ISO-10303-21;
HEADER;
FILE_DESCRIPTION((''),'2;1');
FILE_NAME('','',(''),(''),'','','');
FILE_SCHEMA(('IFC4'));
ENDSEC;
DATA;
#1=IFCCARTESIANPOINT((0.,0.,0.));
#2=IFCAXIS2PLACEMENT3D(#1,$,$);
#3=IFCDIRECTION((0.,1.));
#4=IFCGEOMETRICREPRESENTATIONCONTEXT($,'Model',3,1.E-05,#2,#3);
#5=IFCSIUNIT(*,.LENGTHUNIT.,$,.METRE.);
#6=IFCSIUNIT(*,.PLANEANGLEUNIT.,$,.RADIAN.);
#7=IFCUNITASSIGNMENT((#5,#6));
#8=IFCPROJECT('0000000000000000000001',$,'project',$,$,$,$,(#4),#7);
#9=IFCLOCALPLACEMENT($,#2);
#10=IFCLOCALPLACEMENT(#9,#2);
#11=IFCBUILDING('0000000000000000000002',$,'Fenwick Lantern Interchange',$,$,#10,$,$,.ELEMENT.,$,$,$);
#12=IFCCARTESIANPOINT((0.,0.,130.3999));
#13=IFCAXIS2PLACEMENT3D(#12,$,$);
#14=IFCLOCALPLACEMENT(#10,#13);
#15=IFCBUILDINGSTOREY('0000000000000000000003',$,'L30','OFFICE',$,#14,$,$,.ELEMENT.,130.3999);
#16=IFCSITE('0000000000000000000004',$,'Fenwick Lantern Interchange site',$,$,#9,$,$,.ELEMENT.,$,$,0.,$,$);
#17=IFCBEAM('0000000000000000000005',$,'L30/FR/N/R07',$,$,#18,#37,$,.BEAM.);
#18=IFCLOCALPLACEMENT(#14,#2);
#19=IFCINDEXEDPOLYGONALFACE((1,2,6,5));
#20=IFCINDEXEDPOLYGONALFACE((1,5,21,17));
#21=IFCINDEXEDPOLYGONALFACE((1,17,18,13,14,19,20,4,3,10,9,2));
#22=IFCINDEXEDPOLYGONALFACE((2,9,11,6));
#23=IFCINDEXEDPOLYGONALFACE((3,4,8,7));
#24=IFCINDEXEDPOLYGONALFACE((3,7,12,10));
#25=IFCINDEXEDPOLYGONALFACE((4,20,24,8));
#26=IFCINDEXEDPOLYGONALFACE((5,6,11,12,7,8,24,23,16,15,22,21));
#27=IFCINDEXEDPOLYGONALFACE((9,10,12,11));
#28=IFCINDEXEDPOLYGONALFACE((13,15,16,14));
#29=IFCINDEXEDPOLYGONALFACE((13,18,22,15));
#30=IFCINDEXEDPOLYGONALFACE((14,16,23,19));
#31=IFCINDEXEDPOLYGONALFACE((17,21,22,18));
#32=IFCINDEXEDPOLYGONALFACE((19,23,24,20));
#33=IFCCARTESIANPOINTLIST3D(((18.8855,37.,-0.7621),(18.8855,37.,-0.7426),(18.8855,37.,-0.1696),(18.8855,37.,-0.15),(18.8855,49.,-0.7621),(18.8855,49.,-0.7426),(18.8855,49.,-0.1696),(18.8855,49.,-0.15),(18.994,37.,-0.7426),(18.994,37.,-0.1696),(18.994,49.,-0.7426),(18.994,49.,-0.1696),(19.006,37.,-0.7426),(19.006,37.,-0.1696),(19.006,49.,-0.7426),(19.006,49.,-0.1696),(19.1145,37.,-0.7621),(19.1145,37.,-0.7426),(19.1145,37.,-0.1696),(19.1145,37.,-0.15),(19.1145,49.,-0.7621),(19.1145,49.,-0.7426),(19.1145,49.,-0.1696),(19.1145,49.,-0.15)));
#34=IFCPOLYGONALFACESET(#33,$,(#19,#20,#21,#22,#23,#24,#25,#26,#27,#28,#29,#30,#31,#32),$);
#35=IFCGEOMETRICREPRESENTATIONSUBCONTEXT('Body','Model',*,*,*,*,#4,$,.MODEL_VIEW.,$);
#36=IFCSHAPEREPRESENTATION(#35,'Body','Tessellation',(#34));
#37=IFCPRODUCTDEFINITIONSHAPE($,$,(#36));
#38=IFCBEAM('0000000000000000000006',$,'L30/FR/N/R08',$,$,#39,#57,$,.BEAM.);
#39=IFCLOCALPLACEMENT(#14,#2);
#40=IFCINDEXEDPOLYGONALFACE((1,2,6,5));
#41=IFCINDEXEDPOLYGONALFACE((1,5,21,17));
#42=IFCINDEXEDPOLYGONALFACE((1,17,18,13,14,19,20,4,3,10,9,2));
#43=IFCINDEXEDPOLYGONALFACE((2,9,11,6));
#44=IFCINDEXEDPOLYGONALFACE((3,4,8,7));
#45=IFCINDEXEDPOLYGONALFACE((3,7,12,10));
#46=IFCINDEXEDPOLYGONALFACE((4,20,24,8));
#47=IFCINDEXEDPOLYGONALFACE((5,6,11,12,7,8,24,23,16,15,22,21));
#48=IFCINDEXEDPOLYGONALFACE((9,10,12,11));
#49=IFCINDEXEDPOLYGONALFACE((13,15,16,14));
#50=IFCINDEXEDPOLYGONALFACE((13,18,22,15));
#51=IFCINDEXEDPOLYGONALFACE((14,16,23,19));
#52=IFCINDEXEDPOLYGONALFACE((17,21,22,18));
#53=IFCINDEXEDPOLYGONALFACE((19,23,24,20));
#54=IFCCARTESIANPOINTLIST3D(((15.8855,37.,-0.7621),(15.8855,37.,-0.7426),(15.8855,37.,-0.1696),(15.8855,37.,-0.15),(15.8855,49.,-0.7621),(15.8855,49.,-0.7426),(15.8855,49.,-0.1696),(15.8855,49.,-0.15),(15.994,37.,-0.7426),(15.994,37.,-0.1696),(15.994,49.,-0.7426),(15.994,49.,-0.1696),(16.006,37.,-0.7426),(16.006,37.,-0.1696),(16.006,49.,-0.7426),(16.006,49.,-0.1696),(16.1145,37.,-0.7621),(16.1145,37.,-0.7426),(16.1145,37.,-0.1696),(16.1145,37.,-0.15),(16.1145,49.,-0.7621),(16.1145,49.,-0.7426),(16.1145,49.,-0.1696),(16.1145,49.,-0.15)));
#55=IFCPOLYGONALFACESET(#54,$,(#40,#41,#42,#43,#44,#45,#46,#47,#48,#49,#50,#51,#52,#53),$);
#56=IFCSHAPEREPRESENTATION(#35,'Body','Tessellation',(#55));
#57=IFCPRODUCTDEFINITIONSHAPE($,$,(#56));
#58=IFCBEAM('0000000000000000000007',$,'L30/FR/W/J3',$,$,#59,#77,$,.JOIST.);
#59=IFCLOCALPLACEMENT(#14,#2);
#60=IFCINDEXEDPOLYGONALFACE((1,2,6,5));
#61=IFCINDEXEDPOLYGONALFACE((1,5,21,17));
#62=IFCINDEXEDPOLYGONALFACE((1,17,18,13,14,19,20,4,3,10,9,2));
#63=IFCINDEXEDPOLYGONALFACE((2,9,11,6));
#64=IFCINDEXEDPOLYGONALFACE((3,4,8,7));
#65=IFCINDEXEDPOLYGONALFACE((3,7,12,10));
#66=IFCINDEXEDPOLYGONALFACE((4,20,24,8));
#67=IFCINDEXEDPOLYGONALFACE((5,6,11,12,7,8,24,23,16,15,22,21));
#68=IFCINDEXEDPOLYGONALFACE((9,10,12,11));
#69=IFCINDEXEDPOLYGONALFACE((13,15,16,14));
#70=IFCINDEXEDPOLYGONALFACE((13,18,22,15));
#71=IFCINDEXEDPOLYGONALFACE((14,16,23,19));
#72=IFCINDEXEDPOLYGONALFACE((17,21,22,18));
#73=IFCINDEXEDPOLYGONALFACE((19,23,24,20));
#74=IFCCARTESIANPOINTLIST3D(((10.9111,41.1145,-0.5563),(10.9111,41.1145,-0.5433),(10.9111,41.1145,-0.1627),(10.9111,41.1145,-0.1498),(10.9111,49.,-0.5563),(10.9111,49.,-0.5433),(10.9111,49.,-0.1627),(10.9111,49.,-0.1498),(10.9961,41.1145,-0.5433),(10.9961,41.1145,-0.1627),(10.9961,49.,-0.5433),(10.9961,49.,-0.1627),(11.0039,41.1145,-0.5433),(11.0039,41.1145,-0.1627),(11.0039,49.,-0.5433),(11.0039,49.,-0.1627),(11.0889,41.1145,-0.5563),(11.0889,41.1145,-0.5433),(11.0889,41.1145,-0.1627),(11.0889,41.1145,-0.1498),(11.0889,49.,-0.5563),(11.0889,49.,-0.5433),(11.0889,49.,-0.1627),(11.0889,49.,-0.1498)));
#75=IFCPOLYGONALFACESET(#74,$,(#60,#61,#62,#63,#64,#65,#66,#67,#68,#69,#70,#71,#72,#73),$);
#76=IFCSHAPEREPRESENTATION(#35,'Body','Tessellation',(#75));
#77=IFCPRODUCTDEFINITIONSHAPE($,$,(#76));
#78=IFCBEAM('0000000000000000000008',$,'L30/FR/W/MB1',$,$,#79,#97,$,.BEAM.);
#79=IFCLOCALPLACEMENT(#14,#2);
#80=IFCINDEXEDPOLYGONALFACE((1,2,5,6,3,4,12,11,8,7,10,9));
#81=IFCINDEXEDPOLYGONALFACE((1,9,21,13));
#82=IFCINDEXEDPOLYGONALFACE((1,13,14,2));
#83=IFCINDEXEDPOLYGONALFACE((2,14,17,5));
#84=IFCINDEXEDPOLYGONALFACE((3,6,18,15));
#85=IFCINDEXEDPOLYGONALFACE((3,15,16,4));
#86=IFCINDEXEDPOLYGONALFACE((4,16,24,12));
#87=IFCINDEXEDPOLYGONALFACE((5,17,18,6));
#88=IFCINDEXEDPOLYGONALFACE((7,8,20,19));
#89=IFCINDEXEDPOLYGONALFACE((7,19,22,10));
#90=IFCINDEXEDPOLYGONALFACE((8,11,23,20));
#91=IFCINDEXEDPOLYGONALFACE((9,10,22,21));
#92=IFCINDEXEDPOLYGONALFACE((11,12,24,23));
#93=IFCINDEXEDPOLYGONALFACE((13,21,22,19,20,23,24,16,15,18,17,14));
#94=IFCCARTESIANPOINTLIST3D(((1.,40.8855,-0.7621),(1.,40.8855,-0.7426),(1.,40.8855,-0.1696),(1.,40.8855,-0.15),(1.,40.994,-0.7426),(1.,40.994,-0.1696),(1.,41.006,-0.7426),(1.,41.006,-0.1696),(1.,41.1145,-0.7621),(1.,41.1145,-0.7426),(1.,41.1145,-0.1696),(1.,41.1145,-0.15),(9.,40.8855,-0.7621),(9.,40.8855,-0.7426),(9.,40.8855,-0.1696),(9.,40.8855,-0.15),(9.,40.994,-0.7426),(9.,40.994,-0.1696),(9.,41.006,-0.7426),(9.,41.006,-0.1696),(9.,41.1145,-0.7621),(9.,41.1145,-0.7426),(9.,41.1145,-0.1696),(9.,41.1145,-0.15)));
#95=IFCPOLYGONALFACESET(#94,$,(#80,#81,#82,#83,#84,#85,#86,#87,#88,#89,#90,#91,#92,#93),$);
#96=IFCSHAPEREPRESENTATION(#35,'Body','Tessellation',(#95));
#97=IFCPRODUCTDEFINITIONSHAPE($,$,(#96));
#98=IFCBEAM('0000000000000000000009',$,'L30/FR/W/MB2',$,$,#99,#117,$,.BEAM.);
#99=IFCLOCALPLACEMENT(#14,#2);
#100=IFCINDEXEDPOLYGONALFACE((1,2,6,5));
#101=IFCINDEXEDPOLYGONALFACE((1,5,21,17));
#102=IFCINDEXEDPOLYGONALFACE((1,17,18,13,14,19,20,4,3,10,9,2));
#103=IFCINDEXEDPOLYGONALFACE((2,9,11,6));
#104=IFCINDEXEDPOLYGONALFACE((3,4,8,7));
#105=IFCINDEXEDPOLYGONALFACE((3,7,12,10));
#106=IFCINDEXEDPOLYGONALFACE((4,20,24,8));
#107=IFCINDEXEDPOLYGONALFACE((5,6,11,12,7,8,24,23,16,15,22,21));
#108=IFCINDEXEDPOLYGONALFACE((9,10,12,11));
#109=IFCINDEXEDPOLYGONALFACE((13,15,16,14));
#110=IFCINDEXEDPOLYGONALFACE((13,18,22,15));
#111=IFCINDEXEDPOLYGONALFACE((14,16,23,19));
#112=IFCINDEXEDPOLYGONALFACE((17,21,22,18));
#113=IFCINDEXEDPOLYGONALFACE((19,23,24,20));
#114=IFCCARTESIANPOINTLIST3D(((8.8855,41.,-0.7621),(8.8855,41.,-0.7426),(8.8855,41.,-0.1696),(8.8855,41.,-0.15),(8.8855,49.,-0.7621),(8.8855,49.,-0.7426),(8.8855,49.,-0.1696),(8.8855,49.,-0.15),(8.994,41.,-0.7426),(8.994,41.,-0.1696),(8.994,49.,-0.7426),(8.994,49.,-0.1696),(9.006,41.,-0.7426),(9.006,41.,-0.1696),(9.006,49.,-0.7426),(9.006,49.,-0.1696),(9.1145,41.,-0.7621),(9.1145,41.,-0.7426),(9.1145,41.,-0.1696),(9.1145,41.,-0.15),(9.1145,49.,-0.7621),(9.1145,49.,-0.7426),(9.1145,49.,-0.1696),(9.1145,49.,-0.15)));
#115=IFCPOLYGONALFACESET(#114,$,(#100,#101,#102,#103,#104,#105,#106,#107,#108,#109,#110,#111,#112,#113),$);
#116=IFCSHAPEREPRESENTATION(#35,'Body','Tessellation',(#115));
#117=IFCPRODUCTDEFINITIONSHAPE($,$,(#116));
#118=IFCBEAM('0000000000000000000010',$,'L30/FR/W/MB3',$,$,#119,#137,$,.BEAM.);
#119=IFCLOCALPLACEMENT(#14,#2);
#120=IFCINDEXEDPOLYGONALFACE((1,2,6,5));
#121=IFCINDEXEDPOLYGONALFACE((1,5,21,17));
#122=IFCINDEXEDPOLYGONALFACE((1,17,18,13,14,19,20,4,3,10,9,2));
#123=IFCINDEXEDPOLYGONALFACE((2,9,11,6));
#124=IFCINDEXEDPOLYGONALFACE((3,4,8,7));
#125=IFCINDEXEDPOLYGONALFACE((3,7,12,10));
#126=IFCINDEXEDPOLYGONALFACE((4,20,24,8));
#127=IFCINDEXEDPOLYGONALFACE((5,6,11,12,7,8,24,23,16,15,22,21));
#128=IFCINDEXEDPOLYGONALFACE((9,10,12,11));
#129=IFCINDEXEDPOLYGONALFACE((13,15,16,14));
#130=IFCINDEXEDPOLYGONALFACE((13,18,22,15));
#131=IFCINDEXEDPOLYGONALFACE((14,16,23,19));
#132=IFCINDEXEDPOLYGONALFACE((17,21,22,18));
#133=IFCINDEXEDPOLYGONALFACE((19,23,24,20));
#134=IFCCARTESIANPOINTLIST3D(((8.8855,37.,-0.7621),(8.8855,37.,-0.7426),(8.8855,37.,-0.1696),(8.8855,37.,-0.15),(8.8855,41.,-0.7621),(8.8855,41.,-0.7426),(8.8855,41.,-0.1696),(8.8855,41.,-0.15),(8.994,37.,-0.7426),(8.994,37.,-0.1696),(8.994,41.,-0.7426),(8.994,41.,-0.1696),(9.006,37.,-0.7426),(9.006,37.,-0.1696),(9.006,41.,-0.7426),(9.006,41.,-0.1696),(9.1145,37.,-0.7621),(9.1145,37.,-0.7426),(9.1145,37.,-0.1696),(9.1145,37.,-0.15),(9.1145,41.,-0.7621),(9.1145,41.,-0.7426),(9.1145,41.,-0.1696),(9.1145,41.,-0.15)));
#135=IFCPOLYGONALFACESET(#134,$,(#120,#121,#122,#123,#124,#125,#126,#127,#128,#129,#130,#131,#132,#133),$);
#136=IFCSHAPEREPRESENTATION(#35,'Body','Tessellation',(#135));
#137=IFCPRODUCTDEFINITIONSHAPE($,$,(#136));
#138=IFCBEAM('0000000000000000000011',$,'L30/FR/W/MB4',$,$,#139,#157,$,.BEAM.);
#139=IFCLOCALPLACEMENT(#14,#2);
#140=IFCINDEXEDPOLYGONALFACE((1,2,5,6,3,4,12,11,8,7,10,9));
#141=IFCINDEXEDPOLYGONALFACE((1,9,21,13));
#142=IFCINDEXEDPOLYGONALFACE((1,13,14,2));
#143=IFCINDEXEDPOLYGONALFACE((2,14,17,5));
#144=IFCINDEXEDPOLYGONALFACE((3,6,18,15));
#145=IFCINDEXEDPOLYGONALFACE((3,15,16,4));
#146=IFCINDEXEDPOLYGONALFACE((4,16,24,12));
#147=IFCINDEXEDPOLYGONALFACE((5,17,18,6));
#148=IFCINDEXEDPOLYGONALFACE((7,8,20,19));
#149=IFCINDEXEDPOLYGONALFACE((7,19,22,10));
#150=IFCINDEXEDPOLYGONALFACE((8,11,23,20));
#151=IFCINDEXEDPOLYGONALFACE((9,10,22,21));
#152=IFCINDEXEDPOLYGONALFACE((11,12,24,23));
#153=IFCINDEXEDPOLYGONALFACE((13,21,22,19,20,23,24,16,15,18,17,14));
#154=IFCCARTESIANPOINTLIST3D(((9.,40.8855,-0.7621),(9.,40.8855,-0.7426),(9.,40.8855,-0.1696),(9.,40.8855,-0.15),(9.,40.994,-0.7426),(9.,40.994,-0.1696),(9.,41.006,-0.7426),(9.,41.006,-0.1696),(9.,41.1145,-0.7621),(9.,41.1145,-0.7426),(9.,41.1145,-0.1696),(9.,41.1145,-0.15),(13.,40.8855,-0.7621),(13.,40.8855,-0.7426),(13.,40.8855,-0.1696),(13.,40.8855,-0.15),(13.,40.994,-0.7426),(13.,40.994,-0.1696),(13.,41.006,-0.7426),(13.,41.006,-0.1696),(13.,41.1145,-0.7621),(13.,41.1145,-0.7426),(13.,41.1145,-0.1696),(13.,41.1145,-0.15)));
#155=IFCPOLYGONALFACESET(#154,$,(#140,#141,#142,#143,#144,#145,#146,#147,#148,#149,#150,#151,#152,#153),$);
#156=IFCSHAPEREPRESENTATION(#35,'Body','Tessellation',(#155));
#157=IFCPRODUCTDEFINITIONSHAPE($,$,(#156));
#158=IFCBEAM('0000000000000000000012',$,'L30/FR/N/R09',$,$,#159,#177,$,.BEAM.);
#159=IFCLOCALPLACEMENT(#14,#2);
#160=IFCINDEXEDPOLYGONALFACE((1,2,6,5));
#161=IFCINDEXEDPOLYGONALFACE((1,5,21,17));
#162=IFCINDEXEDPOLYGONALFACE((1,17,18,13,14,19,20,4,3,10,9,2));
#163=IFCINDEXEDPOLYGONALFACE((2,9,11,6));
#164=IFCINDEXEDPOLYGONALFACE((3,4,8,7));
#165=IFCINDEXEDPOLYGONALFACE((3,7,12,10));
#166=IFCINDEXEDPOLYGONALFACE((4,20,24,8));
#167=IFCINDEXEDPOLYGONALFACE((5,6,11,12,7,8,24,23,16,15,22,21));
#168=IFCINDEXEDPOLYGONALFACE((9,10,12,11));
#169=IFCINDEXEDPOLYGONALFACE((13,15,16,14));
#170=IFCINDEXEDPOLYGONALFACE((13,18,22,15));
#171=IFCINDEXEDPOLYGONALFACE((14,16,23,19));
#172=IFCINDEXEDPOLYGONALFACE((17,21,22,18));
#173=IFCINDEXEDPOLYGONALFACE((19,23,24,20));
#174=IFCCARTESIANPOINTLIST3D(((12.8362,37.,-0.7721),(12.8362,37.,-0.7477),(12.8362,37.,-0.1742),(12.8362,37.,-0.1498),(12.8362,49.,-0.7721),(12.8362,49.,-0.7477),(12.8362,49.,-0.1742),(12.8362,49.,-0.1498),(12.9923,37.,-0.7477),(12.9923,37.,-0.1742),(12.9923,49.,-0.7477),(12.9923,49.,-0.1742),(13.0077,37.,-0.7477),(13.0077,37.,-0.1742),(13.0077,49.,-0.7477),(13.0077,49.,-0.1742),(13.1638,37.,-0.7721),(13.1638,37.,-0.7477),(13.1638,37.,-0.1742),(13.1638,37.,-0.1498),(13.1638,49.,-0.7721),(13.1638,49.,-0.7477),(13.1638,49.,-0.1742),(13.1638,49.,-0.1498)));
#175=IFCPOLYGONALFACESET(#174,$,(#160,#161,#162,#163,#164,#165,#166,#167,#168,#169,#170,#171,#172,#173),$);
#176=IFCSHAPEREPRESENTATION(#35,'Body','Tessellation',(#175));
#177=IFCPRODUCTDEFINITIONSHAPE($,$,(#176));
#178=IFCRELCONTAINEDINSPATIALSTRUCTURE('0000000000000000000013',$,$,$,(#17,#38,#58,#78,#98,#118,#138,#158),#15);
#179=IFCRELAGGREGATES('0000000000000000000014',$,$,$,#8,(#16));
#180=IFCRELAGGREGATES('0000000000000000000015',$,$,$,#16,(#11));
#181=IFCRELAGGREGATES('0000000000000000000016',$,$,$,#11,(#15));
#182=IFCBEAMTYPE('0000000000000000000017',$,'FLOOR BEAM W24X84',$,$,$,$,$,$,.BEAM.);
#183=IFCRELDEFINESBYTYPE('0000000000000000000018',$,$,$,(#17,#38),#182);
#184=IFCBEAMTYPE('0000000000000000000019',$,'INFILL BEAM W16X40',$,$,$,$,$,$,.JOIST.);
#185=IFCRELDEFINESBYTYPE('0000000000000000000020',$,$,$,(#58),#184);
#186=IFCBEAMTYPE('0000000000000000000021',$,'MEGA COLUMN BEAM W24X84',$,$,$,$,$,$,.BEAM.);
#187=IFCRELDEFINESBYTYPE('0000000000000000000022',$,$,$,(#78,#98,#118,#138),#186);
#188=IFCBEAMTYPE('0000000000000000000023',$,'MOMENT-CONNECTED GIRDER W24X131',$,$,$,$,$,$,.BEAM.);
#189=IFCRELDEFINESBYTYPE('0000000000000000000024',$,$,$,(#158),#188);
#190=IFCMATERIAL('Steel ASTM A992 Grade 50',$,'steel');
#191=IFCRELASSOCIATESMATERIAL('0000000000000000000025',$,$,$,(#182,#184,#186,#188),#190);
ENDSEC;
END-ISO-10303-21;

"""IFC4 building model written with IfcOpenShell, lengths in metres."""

from ifc_helpers import new_model, si_unit, direction, frame, origin, origin_2d, place, context, subcontext, project, spatial, i_section, extrude, material, material_profile, profile_set, type_object, element, save


model = new_model("IFC4")

# Units and contexts
model_context = context("Model", 3, precision=1e-05, world=origin(), true_north=direction((0.0, 1.0)))
body_context = subcontext(model_context, "Body", "Model", "MODEL_VIEW")
ifc_project = project(units=[si_unit("LENGTHUNIT", "METRE"), si_unit("PLANEANGLEUNIT", "RADIAN")], contexts=[model_context])

# Site, building, storey
site_placement = place(None, origin())
site = spatial("IfcSite", under=ifc_project, at=site_placement, Name="Fenwick Lantern Interchange site", CompositionType="ELEMENT", RefElevation=0.0)
building_placement = place(site_placement, origin())
building = spatial("IfcBuilding", under=site, at=building_placement, Name="Fenwick Lantern Interchange", CompositionType="ELEMENT")
storey_placement = place(building_placement, frame((0.0, 0.0, 130.3999)))
storey = spatial("IfcBuildingStorey", under=building, at=storey_placement, Name="L30", Description="OFFICE", CompositionType="ELEMENT", Elevation=130.3999)

# Shared definitions
ifc_material_1 = material(Name="Steel ASTM A992 Grade 50", Category="steel")

# Beams
ifc_material_profile_1 = material_profile(ifc_material_1, i_section(OverallWidth=0.229, OverallDepth=0.6121, WebThickness=0.012, FlangeThickness=0.0195, at=origin_2d()), Name="W24X84")
ifc_profile_set_1 = profile_set([ifc_material_profile_1], Name="Steel ASTM A992 Grade 50")
beam_type_1 = type_object("IfcBeamType", Name="FLOOR BEAM W24X84", PredefinedType="BEAM", material=ifc_profile_set_1)
for number, where, z_axis, x_axis, name in (
    (1, (19.0, 49.0, -0.4561), (0.0, -1.0, 0.0), (1.0, 0.0, 0.0), "L30/FR/N/R07"),
    (2, (16.0, 49.0, -0.4561), (0.0, -1.0, 0.0), (1.0, 0.0, 0.0), "L30/FR/N/R08"),
):
    element("IfcBeam", number, at=place(storey_placement, frame(where, z_axis=z_axis, x_axis=x_axis)), inside=storey, type_object=beam_type_1, Name=name, PredefinedType="BEAM", context=body_context, shape_type="SweptSolid", body=[
        extrude(i_section(OverallWidth=0.229, OverallDepth=0.6121, WebThickness=0.012, FlangeThickness=0.0195, at=origin_2d()), origin(), (0.0, 0.0, 1.0), 12.0),
    ])
ifc_material_profile_2 = material_profile(ifc_material_1, i_section(OverallWidth=0.1777, OverallDepth=0.4065, WebThickness=0.0078, FlangeThickness=0.0129, at=origin_2d()), Name="W16X40")
ifc_profile_set_2 = profile_set([ifc_material_profile_2], Name="Steel ASTM A992 Grade 50")
beam_type_2 = type_object("IfcBeamType", Name="INFILL BEAM W16X40", PredefinedType="JOIST", material=ifc_profile_set_2)
beam_1_placement = place(storey_placement, frame((11.0, 49.0, -0.353), z_axis=(0.0, -1.0, 0.0), x_axis=(1.0, 0.0, 0.0)))
element("IfcBeam", 3, at=beam_1_placement, inside=storey, type_object=beam_type_2, Name="L30/FR/W/J3", PredefinedType="JOIST", context=body_context, shape_type="SweptSolid", body=[
    extrude(i_section(OverallWidth=0.1777, OverallDepth=0.4065, WebThickness=0.0078, FlangeThickness=0.0129, at=origin_2d()), origin(), (0.0, 0.0, 1.0), 7.8855),
])
ifc_material_profile_3 = material_profile(ifc_material_1, i_section(OverallWidth=0.229, OverallDepth=0.6121, WebThickness=0.012, FlangeThickness=0.0195, at=origin_2d()), Name="W24X84")
ifc_profile_set_3 = profile_set([ifc_material_profile_3], Name="Steel ASTM A992 Grade 50")
beam_type_3 = type_object("IfcBeamType", Name="MEGA COLUMN BEAM W24X84", PredefinedType="BEAM", material=ifc_profile_set_3)
for number, where, z_axis, x_axis, name in (
    (4, (9.0, 41.0, -0.4561), (-1.0, 0.0, 0.0), (0.0, -1.0, 0.0), "L30/FR/W/MB1"),
    (5, (9.0, 41.0, -0.4561), (0.0, 1.0, 0.0), (-1.0, 0.0, 0.0), "L30/FR/W/MB2"),
):
    element("IfcBeam", number, at=place(storey_placement, frame(where, z_axis=z_axis, x_axis=x_axis)), inside=storey, type_object=beam_type_3, Name=name, PredefinedType="BEAM", context=body_context, shape_type="SweptSolid", body=[
        extrude(i_section(OverallWidth=0.229, OverallDepth=0.6121, WebThickness=0.012, FlangeThickness=0.0195, at=origin_2d()), origin(), (0.0, 0.0, 1.0), 8.0),
    ])
for number, where, z_axis, x_axis, name in (
    (6, (9.0, 41.0, -0.4561), (0.0, -1.0, 0.0), (1.0, 0.0, 0.0), "L30/FR/W/MB3"),
    (7, (9.0, 41.0, -0.4561), (1.0, 0.0, 0.0), (0.0, 1.0, 0.0), "L30/FR/W/MB4"),
):
    element("IfcBeam", number, at=place(storey_placement, frame(where, z_axis=z_axis, x_axis=x_axis)), inside=storey, type_object=beam_type_3, Name=name, PredefinedType="BEAM", context=body_context, shape_type="SweptSolid", body=[
        extrude(i_section(OverallWidth=0.229, OverallDepth=0.6121, WebThickness=0.012, FlangeThickness=0.0195, at=origin_2d()), origin(), (0.0, 0.0, 1.0), 4.0),
    ])
ifc_material_profile_4 = material_profile(ifc_material_1, i_section(OverallWidth=0.3276, OverallDepth=0.6223, WebThickness=0.0154, FlangeThickness=0.0244, at=origin_2d()), Name="W24X131")
ifc_profile_set_4 = profile_set([ifc_material_profile_4], Name="Steel ASTM A992 Grade 50")
beam_type_4 = type_object("IfcBeamType", Name="MOMENT-CONNECTED GIRDER W24X131", PredefinedType="BEAM", material=ifc_profile_set_4)
beam_2_placement = place(storey_placement, frame((13.0, 49.0, -0.4609), z_axis=(0.0, -1.0, 0.0), x_axis=(1.0, 0.0, 0.0)))
element("IfcBeam", 8, at=beam_2_placement, inside=storey, type_object=beam_type_4, Name="L30/FR/N/R09", PredefinedType="BEAM", context=body_context, shape_type="SweptSolid", body=[
    extrude(i_section(OverallWidth=0.3276, OverallDepth=0.6223, WebThickness=0.0154, FlangeThickness=0.0244, at=origin_2d()), origin(), (0.0, 0.0, 1.0), 12.0),
])

save(model, "model.ifc")
